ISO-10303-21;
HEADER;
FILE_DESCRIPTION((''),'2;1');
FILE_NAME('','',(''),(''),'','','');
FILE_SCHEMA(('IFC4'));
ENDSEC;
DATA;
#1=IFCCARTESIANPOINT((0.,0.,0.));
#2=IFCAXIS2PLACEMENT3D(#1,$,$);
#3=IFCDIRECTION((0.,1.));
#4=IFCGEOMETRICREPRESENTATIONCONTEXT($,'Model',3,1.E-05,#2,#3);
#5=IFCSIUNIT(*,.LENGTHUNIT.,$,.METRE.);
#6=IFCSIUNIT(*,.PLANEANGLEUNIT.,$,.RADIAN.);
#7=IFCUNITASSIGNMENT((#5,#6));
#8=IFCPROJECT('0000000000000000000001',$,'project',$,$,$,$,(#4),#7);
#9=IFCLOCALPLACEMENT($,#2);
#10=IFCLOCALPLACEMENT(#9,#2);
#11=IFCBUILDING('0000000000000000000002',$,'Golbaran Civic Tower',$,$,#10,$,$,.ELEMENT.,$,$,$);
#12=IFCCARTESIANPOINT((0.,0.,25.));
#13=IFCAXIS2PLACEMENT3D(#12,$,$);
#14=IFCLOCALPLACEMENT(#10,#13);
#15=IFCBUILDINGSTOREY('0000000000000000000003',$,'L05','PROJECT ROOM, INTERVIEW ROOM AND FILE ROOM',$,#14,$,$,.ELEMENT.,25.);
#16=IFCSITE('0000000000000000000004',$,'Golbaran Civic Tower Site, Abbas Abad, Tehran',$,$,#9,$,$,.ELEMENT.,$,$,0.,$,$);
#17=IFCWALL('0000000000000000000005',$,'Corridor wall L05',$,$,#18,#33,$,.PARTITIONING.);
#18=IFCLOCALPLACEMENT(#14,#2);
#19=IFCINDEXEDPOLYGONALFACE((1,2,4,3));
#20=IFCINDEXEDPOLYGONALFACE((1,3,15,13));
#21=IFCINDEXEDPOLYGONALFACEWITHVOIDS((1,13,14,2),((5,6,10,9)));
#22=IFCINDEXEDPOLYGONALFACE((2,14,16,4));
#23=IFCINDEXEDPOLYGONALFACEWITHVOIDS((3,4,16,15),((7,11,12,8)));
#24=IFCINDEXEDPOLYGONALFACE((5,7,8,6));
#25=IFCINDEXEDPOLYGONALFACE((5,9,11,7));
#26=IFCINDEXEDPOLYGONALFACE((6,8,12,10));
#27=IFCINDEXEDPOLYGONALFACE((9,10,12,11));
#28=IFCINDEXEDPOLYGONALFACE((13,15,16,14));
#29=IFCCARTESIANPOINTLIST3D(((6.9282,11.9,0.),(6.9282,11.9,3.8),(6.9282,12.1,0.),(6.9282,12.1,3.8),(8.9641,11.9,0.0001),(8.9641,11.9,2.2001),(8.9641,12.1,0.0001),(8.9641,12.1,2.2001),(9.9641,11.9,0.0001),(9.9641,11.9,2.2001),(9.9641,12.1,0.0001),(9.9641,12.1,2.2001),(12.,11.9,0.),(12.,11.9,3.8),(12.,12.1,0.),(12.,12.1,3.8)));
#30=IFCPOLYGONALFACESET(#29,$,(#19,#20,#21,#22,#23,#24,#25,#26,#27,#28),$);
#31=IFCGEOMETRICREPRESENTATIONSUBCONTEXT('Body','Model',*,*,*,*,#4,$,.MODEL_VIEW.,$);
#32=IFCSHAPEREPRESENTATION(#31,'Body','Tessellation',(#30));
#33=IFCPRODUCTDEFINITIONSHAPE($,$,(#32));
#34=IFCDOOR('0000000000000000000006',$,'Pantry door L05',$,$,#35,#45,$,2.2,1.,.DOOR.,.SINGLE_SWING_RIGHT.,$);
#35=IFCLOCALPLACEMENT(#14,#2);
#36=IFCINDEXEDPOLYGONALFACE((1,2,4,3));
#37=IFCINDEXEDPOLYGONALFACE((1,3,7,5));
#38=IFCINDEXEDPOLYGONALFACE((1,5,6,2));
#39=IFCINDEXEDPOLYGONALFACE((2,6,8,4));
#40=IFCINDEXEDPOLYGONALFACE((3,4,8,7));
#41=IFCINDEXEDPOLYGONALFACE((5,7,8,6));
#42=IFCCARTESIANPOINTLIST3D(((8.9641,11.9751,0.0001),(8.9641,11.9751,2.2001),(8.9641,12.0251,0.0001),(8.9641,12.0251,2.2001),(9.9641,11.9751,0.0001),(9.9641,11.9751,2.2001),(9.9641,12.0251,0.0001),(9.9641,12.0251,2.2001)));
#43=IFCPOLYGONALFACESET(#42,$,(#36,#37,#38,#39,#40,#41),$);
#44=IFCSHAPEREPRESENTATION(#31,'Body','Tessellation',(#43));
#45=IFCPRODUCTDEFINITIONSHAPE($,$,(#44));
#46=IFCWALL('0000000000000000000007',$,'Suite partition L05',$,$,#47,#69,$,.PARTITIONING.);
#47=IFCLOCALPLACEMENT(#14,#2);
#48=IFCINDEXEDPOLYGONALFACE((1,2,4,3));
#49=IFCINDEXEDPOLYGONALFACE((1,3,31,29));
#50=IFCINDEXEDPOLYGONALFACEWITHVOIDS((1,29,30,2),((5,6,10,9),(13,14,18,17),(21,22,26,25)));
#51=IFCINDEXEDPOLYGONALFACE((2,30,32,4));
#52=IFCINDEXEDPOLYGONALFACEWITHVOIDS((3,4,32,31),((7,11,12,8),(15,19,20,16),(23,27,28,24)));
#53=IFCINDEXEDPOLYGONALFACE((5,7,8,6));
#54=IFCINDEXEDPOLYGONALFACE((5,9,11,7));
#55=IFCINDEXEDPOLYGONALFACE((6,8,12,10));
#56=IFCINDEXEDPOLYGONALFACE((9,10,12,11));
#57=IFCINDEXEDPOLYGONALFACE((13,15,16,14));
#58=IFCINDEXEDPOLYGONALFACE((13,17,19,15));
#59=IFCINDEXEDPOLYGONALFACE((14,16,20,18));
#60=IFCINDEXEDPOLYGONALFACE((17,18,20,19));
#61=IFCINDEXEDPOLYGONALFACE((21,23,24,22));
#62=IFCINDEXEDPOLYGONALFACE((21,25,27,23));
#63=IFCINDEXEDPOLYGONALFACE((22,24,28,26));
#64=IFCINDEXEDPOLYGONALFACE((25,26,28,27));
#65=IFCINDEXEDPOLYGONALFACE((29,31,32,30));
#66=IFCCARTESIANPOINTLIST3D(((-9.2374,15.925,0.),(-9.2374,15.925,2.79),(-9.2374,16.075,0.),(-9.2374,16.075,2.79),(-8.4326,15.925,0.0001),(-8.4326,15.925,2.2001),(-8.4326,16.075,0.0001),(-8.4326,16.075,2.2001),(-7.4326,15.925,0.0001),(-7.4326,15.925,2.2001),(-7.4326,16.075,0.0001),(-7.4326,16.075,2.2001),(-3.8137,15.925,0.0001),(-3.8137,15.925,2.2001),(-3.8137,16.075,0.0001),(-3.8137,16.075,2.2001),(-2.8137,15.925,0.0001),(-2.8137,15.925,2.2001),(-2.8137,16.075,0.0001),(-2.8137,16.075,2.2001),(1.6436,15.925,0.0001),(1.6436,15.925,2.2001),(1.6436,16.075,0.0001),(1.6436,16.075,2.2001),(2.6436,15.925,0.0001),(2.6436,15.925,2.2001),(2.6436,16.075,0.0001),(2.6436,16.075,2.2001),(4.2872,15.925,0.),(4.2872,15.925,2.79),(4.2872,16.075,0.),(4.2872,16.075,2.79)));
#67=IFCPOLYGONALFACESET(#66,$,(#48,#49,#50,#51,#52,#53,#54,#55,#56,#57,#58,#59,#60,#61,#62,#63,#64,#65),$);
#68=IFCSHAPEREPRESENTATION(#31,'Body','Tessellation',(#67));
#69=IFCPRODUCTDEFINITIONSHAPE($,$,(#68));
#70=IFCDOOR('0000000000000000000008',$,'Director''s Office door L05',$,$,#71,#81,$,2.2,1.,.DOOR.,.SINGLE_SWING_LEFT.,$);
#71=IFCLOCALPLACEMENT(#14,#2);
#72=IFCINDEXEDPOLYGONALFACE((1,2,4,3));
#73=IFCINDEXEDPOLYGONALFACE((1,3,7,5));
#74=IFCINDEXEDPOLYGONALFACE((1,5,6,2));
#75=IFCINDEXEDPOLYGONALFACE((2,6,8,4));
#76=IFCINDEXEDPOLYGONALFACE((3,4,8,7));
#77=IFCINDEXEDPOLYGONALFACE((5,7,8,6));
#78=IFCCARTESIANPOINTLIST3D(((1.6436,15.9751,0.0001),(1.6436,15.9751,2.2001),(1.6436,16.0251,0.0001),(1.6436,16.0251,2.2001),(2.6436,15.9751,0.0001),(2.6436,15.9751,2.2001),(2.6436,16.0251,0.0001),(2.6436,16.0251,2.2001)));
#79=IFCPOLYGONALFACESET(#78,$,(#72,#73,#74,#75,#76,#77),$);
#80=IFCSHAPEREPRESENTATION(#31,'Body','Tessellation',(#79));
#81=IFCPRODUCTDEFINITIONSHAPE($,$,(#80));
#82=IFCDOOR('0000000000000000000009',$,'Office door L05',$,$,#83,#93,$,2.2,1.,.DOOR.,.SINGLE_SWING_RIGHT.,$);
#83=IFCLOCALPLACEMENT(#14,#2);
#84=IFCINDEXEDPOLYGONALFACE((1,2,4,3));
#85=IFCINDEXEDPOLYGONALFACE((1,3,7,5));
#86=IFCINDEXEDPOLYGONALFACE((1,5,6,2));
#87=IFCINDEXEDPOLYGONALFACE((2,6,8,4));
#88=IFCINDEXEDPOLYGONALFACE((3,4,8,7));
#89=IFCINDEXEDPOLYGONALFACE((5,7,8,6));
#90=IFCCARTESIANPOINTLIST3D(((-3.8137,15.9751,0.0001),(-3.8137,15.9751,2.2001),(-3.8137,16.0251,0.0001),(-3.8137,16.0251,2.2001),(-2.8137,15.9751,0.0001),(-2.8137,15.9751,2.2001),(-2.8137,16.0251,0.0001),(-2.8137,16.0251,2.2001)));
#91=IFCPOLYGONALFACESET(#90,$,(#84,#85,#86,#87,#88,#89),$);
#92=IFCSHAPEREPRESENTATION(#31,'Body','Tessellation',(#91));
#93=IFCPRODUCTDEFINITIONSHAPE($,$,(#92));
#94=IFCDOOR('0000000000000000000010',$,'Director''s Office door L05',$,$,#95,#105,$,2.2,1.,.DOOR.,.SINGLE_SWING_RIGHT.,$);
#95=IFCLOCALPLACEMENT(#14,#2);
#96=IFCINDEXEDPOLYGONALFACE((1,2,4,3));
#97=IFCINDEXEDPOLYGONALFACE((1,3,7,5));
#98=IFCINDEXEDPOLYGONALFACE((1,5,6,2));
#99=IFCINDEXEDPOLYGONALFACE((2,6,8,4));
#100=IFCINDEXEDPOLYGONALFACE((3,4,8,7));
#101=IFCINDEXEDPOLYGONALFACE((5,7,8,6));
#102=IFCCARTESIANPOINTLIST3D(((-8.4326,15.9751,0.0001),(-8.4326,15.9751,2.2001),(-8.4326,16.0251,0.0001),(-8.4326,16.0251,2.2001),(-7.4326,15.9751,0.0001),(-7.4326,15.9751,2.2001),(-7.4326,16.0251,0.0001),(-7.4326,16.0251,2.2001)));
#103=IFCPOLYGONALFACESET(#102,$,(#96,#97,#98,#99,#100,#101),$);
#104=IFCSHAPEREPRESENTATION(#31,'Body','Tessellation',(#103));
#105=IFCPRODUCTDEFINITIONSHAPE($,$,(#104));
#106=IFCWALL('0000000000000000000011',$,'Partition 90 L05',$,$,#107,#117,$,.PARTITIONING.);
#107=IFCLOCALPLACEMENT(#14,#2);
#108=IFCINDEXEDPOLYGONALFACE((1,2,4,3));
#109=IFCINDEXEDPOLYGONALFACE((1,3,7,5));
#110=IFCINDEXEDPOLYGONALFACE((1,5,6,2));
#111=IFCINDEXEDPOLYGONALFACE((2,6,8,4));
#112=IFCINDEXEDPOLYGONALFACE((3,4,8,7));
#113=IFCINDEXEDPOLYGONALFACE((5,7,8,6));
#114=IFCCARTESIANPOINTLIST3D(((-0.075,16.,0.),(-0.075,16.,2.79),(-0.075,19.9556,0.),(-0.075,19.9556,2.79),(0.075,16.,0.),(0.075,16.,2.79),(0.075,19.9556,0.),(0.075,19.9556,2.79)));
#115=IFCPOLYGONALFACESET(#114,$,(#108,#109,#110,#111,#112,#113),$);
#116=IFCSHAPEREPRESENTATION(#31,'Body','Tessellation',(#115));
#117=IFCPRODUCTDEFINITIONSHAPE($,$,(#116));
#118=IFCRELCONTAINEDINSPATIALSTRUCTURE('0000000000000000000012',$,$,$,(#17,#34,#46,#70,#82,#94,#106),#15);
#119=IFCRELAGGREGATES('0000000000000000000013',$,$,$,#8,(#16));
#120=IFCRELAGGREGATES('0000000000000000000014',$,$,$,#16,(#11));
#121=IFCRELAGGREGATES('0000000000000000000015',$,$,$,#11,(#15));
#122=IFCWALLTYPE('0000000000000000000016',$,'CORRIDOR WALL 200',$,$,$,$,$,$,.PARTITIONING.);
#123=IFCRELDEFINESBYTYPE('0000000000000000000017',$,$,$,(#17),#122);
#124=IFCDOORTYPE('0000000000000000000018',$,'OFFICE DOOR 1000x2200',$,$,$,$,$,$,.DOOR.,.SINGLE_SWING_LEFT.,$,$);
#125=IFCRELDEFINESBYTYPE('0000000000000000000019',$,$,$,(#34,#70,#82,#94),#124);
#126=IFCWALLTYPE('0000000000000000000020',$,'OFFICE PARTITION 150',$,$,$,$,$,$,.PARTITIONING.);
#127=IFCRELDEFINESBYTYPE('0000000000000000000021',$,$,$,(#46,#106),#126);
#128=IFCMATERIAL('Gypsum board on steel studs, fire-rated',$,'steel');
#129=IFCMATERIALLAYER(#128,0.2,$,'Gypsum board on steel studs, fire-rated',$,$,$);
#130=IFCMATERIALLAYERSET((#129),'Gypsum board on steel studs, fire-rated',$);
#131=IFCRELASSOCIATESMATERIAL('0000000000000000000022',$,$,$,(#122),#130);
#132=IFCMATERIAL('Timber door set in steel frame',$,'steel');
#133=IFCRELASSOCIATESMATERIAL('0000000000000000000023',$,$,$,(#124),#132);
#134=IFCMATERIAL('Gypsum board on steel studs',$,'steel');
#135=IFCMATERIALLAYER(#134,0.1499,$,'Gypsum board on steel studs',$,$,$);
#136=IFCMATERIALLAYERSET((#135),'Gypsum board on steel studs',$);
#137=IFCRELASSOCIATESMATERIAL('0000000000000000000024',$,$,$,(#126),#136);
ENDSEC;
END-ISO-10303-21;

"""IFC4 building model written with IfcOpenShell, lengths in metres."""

from ifc_helpers import new_model, si_unit, direction, frame, frame_2d, origin, place, context, subcontext, project, spatial, rectangle, extrude, material, layer, layer_set, type_object, element, fill, save


model = new_model("IFC4")

# Units and contexts
model_context = context("Model", 3, precision=1e-05, world=origin(), true_north=direction((0.0, 1.0)))
body_context = subcontext(model_context, "Body", "Model", "MODEL_VIEW")
ifc_project = project(units=[si_unit("LENGTHUNIT", "METRE"), si_unit("PLANEANGLEUNIT", "RADIAN")], contexts=[model_context])

# Site, building, storey
site_placement = place(None, origin())
site = spatial("IfcSite", under=ifc_project, at=site_placement, Name="Golbaran Civic Tower Site, Abbas Abad, Tehran", CompositionType="ELEMENT", RefElevation=0.0)
building_placement = place(site_placement, origin())
building = spatial("IfcBuilding", under=site, at=building_placement, Name="Golbaran Civic Tower", CompositionType="ELEMENT")
storey_placement = place(building_placement, frame((0.0, 0.0, 25.0)))
storey = spatial("IfcBuildingStorey", under=building, at=storey_placement, Name="L05", Description="PROJECT ROOM, INTERVIEW ROOM AND FILE ROOM", CompositionType="ELEMENT", Elevation=25.0)

# Wall, opening, door
ifc_material_1 = material(Name="Gypsum board on steel studs, fire-rated", Category="steel")
ifc_layer_1 = layer(ifc_material_1, 0.2, Name="Gypsum board on steel studs, fire-rated")
ifc_layer_set_1 = layer_set([ifc_layer_1], Name="Gypsum board on steel studs, fire-rated")
wall_type_1 = type_object("IfcWallType", Name="CORRIDOR WALL 200", PredefinedType="PARTITIONING", material=ifc_layer_set_1)
wall_1_placement = place(storey_placement, frame((12.0, 12.0, 0.0), z_axis=(0.0, 0.0, 1.0), x_axis=(-1.0, 0.0, 0.0)))
wall_1 = element("IfcWall", 1, at=wall_1_placement, inside=storey, type_object=wall_type_1, Name="Corridor wall L05", PredefinedType="PARTITIONING", context=body_context, shape_type="SweptSolid", body=[
    extrude(rectangle(XDim=5.0718, YDim=0.2, at=frame_2d((2.5359, 0.0))), origin(), (0.0, 0.0, 1.0), 3.8),
])
opening_1_placement = place(wall_1_placement, frame((2.0359, 0.0, 0.0)))
opening_1 = element("IfcOpeningElement", 2, at=opening_1_placement, cuts=wall_1, PredefinedType="OPENING", context=body_context, shape_type="SweptSolid", body=[
    extrude(rectangle(XDim=1.0, YDim=2.2, at=frame_2d((0.5, 1.1001))), frame((0.0, 0.1099, 0.0), z_axis=(0.0, -1.0, 0.0), x_axis=(1.0, 0.0, 0.0)), (0.0, 0.0, 1.0), 0.22),
])
ifc_material_2 = material(Name="Timber door set in steel frame", Category="steel")
door_type = type_object("IfcDoorType", Name="OFFICE DOOR 1000x2200", OperationType="SINGLE_SWING_LEFT", PredefinedType="DOOR", material=ifc_material_2)
door_1_placement = place(opening_1_placement, origin())
door_1 = element("IfcDoor", 3, at=door_1_placement, inside=storey, type_object=door_type, Name="Pantry door L05", OperationType="SINGLE_SWING_RIGHT", OverallHeight=2.2, OverallWidth=1.0, PredefinedType="DOOR", context=body_context, shape_type="SweptSolid", body=[
    extrude(rectangle(XDim=1.0, YDim=2.2, at=frame_2d((0.5, 1.1001))), frame((0.0, 0.0249, 0.0), z_axis=(0.0, -1.0, 0.0), x_axis=(1.0, 0.0, 0.0)), (0.0, 0.0, 1.0), 0.05),
])
fill(opening_1, door_1)

# Wall, openings, doors
ifc_material_3 = material(Name="Gypsum board on steel studs", Category="steel")
ifc_layer_2 = layer(ifc_material_3, 0.1499, Name="Gypsum board on steel studs")
ifc_layer_set_2 = layer_set([ifc_layer_2], Name="Gypsum board on steel studs")
wall_type_2 = type_object("IfcWallType", Name="OFFICE PARTITION 150", PredefinedType="PARTITIONING", material=ifc_layer_set_2)
wall_2_placement = place(storey_placement, frame((4.2871, 16.0, 0.0), z_axis=(0.0, 0.0, 1.0), x_axis=(-1.0, 0.0, 0.0)))
wall_2 = element("IfcWall", 4, at=wall_2_placement, inside=storey, type_object=wall_type_2, Name="Suite partition L05", PredefinedType="PARTITIONING", context=body_context, shape_type="SweptSolid", body=[
    extrude(rectangle(XDim=13.5247, YDim=0.1499, at=frame_2d((6.7622, 0.0))), origin(), (0.0, 0.0, 1.0), 2.79),
])
opening_2_placement = place(wall_2_placement, frame((1.6436, 0.0, 0.0)))
opening_2 = element("IfcOpeningElement", 5, at=opening_2_placement, cuts=wall_2, PredefinedType="OPENING", context=body_context, shape_type="SweptSolid", body=[
    extrude(rectangle(XDim=1.0, YDim=2.2, at=frame_2d((0.5, 1.1001))), frame((0.0, 0.085, 0.0), z_axis=(0.0, -1.0, 0.0), x_axis=(1.0, 0.0, 0.0)), (0.0, 0.0, 1.0), 0.1699),
])
opening_3_placement = place(wall_2_placement, frame((7.1008, 0.0, 0.0)))
opening_3 = element("IfcOpeningElement", 6, at=opening_3_placement, cuts=wall_2, PredefinedType="OPENING", context=body_context, shape_type="SweptSolid", body=[
    extrude(rectangle(XDim=1.0, YDim=2.2, at=frame_2d((0.5, 1.1001))), frame((0.0, 0.085, 0.0), z_axis=(0.0, -1.0, 0.0), x_axis=(1.0, 0.0, 0.0)), (0.0, 0.0, 1.0), 0.1699),
])
opening_4_placement = place(wall_2_placement, frame((11.7197, 0.0, 0.0)))
opening_4 = element("IfcOpeningElement", 7, at=opening_4_placement, cuts=wall_2, PredefinedType="OPENING", context=body_context, shape_type="SweptSolid", body=[
    extrude(rectangle(XDim=1.0, YDim=2.2, at=frame_2d((0.5, 1.1001))), frame((0.0, 0.085, 0.0), z_axis=(0.0, -1.0, 0.0), x_axis=(1.0, 0.0, 0.0)), (0.0, 0.0, 1.0), 0.1699),
])
door_2_placement = place(opening_2_placement, origin())
door_2 = element("IfcDoor", 8, at=door_2_placement, inside=storey, type_object=door_type, Name="Director's Office door L05", OperationType="SINGLE_SWING_LEFT", OverallHeight=2.2, OverallWidth=1.0, PredefinedType="DOOR", context=body_context, shape_type="SweptSolid", body=[
    extrude(rectangle(XDim=1.0, YDim=2.2, at=frame_2d((0.5, 1.1001))), frame((0.0, 0.0249, 0.0), z_axis=(0.0, -1.0, 0.0), x_axis=(1.0, 0.0, 0.0)), (0.0, 0.0, 1.0), 0.05),
])
fill(opening_2, door_2)
door_3_placement = place(opening_3_placement, origin())
door_3 = element("IfcDoor", 9, at=door_3_placement, inside=storey, type_object=door_type, Name="Office door L05", OperationType="SINGLE_SWING_RIGHT", OverallHeight=2.2, OverallWidth=1.0, PredefinedType="DOOR", context=body_context, shape_type="SweptSolid", body=[
    extrude(rectangle(XDim=1.0, YDim=2.2, at=frame_2d((0.5, 1.1001))), frame((0.0, 0.0249, 0.0), z_axis=(0.0, -1.0, 0.0), x_axis=(1.0, 0.0, 0.0)), (0.0, 0.0, 1.0), 0.05),
])
fill(opening_3, door_3)
door_4_placement = place(opening_4_placement, origin())
door_4 = element("IfcDoor", 10, at=door_4_placement, inside=storey, type_object=door_type, Name="Director's Office door L05", OperationType="SINGLE_SWING_RIGHT", OverallHeight=2.2, OverallWidth=1.0, PredefinedType="DOOR", context=body_context, shape_type="SweptSolid", body=[
    extrude(rectangle(XDim=1.0, YDim=2.2, at=frame_2d((0.5, 1.1001))), frame((0.0, 0.0249, 0.0), z_axis=(0.0, -1.0, 0.0), x_axis=(1.0, 0.0, 0.0)), (0.0, 0.0, 1.0), 0.05),
])
fill(opening_4, door_4)

# Wall
wall_3_placement = place(storey_placement, frame((0.0, 16.0, 0.0), z_axis=(0.0, 0.0, 1.0), x_axis=(0.0, 1.0, 0.0)))
element("IfcWall", 11, at=wall_3_placement, inside=storey, type_object=wall_type_2, Name="Partition 90 L05", PredefinedType="PARTITIONING", context=body_context, shape_type="SweptSolid", body=[
    extrude(rectangle(XDim=3.9556, YDim=0.1499, at=frame_2d((1.9778, 0.0))), origin(), (0.0, 0.0, 1.0), 2.79),
])

save(model, "model.ifc")
